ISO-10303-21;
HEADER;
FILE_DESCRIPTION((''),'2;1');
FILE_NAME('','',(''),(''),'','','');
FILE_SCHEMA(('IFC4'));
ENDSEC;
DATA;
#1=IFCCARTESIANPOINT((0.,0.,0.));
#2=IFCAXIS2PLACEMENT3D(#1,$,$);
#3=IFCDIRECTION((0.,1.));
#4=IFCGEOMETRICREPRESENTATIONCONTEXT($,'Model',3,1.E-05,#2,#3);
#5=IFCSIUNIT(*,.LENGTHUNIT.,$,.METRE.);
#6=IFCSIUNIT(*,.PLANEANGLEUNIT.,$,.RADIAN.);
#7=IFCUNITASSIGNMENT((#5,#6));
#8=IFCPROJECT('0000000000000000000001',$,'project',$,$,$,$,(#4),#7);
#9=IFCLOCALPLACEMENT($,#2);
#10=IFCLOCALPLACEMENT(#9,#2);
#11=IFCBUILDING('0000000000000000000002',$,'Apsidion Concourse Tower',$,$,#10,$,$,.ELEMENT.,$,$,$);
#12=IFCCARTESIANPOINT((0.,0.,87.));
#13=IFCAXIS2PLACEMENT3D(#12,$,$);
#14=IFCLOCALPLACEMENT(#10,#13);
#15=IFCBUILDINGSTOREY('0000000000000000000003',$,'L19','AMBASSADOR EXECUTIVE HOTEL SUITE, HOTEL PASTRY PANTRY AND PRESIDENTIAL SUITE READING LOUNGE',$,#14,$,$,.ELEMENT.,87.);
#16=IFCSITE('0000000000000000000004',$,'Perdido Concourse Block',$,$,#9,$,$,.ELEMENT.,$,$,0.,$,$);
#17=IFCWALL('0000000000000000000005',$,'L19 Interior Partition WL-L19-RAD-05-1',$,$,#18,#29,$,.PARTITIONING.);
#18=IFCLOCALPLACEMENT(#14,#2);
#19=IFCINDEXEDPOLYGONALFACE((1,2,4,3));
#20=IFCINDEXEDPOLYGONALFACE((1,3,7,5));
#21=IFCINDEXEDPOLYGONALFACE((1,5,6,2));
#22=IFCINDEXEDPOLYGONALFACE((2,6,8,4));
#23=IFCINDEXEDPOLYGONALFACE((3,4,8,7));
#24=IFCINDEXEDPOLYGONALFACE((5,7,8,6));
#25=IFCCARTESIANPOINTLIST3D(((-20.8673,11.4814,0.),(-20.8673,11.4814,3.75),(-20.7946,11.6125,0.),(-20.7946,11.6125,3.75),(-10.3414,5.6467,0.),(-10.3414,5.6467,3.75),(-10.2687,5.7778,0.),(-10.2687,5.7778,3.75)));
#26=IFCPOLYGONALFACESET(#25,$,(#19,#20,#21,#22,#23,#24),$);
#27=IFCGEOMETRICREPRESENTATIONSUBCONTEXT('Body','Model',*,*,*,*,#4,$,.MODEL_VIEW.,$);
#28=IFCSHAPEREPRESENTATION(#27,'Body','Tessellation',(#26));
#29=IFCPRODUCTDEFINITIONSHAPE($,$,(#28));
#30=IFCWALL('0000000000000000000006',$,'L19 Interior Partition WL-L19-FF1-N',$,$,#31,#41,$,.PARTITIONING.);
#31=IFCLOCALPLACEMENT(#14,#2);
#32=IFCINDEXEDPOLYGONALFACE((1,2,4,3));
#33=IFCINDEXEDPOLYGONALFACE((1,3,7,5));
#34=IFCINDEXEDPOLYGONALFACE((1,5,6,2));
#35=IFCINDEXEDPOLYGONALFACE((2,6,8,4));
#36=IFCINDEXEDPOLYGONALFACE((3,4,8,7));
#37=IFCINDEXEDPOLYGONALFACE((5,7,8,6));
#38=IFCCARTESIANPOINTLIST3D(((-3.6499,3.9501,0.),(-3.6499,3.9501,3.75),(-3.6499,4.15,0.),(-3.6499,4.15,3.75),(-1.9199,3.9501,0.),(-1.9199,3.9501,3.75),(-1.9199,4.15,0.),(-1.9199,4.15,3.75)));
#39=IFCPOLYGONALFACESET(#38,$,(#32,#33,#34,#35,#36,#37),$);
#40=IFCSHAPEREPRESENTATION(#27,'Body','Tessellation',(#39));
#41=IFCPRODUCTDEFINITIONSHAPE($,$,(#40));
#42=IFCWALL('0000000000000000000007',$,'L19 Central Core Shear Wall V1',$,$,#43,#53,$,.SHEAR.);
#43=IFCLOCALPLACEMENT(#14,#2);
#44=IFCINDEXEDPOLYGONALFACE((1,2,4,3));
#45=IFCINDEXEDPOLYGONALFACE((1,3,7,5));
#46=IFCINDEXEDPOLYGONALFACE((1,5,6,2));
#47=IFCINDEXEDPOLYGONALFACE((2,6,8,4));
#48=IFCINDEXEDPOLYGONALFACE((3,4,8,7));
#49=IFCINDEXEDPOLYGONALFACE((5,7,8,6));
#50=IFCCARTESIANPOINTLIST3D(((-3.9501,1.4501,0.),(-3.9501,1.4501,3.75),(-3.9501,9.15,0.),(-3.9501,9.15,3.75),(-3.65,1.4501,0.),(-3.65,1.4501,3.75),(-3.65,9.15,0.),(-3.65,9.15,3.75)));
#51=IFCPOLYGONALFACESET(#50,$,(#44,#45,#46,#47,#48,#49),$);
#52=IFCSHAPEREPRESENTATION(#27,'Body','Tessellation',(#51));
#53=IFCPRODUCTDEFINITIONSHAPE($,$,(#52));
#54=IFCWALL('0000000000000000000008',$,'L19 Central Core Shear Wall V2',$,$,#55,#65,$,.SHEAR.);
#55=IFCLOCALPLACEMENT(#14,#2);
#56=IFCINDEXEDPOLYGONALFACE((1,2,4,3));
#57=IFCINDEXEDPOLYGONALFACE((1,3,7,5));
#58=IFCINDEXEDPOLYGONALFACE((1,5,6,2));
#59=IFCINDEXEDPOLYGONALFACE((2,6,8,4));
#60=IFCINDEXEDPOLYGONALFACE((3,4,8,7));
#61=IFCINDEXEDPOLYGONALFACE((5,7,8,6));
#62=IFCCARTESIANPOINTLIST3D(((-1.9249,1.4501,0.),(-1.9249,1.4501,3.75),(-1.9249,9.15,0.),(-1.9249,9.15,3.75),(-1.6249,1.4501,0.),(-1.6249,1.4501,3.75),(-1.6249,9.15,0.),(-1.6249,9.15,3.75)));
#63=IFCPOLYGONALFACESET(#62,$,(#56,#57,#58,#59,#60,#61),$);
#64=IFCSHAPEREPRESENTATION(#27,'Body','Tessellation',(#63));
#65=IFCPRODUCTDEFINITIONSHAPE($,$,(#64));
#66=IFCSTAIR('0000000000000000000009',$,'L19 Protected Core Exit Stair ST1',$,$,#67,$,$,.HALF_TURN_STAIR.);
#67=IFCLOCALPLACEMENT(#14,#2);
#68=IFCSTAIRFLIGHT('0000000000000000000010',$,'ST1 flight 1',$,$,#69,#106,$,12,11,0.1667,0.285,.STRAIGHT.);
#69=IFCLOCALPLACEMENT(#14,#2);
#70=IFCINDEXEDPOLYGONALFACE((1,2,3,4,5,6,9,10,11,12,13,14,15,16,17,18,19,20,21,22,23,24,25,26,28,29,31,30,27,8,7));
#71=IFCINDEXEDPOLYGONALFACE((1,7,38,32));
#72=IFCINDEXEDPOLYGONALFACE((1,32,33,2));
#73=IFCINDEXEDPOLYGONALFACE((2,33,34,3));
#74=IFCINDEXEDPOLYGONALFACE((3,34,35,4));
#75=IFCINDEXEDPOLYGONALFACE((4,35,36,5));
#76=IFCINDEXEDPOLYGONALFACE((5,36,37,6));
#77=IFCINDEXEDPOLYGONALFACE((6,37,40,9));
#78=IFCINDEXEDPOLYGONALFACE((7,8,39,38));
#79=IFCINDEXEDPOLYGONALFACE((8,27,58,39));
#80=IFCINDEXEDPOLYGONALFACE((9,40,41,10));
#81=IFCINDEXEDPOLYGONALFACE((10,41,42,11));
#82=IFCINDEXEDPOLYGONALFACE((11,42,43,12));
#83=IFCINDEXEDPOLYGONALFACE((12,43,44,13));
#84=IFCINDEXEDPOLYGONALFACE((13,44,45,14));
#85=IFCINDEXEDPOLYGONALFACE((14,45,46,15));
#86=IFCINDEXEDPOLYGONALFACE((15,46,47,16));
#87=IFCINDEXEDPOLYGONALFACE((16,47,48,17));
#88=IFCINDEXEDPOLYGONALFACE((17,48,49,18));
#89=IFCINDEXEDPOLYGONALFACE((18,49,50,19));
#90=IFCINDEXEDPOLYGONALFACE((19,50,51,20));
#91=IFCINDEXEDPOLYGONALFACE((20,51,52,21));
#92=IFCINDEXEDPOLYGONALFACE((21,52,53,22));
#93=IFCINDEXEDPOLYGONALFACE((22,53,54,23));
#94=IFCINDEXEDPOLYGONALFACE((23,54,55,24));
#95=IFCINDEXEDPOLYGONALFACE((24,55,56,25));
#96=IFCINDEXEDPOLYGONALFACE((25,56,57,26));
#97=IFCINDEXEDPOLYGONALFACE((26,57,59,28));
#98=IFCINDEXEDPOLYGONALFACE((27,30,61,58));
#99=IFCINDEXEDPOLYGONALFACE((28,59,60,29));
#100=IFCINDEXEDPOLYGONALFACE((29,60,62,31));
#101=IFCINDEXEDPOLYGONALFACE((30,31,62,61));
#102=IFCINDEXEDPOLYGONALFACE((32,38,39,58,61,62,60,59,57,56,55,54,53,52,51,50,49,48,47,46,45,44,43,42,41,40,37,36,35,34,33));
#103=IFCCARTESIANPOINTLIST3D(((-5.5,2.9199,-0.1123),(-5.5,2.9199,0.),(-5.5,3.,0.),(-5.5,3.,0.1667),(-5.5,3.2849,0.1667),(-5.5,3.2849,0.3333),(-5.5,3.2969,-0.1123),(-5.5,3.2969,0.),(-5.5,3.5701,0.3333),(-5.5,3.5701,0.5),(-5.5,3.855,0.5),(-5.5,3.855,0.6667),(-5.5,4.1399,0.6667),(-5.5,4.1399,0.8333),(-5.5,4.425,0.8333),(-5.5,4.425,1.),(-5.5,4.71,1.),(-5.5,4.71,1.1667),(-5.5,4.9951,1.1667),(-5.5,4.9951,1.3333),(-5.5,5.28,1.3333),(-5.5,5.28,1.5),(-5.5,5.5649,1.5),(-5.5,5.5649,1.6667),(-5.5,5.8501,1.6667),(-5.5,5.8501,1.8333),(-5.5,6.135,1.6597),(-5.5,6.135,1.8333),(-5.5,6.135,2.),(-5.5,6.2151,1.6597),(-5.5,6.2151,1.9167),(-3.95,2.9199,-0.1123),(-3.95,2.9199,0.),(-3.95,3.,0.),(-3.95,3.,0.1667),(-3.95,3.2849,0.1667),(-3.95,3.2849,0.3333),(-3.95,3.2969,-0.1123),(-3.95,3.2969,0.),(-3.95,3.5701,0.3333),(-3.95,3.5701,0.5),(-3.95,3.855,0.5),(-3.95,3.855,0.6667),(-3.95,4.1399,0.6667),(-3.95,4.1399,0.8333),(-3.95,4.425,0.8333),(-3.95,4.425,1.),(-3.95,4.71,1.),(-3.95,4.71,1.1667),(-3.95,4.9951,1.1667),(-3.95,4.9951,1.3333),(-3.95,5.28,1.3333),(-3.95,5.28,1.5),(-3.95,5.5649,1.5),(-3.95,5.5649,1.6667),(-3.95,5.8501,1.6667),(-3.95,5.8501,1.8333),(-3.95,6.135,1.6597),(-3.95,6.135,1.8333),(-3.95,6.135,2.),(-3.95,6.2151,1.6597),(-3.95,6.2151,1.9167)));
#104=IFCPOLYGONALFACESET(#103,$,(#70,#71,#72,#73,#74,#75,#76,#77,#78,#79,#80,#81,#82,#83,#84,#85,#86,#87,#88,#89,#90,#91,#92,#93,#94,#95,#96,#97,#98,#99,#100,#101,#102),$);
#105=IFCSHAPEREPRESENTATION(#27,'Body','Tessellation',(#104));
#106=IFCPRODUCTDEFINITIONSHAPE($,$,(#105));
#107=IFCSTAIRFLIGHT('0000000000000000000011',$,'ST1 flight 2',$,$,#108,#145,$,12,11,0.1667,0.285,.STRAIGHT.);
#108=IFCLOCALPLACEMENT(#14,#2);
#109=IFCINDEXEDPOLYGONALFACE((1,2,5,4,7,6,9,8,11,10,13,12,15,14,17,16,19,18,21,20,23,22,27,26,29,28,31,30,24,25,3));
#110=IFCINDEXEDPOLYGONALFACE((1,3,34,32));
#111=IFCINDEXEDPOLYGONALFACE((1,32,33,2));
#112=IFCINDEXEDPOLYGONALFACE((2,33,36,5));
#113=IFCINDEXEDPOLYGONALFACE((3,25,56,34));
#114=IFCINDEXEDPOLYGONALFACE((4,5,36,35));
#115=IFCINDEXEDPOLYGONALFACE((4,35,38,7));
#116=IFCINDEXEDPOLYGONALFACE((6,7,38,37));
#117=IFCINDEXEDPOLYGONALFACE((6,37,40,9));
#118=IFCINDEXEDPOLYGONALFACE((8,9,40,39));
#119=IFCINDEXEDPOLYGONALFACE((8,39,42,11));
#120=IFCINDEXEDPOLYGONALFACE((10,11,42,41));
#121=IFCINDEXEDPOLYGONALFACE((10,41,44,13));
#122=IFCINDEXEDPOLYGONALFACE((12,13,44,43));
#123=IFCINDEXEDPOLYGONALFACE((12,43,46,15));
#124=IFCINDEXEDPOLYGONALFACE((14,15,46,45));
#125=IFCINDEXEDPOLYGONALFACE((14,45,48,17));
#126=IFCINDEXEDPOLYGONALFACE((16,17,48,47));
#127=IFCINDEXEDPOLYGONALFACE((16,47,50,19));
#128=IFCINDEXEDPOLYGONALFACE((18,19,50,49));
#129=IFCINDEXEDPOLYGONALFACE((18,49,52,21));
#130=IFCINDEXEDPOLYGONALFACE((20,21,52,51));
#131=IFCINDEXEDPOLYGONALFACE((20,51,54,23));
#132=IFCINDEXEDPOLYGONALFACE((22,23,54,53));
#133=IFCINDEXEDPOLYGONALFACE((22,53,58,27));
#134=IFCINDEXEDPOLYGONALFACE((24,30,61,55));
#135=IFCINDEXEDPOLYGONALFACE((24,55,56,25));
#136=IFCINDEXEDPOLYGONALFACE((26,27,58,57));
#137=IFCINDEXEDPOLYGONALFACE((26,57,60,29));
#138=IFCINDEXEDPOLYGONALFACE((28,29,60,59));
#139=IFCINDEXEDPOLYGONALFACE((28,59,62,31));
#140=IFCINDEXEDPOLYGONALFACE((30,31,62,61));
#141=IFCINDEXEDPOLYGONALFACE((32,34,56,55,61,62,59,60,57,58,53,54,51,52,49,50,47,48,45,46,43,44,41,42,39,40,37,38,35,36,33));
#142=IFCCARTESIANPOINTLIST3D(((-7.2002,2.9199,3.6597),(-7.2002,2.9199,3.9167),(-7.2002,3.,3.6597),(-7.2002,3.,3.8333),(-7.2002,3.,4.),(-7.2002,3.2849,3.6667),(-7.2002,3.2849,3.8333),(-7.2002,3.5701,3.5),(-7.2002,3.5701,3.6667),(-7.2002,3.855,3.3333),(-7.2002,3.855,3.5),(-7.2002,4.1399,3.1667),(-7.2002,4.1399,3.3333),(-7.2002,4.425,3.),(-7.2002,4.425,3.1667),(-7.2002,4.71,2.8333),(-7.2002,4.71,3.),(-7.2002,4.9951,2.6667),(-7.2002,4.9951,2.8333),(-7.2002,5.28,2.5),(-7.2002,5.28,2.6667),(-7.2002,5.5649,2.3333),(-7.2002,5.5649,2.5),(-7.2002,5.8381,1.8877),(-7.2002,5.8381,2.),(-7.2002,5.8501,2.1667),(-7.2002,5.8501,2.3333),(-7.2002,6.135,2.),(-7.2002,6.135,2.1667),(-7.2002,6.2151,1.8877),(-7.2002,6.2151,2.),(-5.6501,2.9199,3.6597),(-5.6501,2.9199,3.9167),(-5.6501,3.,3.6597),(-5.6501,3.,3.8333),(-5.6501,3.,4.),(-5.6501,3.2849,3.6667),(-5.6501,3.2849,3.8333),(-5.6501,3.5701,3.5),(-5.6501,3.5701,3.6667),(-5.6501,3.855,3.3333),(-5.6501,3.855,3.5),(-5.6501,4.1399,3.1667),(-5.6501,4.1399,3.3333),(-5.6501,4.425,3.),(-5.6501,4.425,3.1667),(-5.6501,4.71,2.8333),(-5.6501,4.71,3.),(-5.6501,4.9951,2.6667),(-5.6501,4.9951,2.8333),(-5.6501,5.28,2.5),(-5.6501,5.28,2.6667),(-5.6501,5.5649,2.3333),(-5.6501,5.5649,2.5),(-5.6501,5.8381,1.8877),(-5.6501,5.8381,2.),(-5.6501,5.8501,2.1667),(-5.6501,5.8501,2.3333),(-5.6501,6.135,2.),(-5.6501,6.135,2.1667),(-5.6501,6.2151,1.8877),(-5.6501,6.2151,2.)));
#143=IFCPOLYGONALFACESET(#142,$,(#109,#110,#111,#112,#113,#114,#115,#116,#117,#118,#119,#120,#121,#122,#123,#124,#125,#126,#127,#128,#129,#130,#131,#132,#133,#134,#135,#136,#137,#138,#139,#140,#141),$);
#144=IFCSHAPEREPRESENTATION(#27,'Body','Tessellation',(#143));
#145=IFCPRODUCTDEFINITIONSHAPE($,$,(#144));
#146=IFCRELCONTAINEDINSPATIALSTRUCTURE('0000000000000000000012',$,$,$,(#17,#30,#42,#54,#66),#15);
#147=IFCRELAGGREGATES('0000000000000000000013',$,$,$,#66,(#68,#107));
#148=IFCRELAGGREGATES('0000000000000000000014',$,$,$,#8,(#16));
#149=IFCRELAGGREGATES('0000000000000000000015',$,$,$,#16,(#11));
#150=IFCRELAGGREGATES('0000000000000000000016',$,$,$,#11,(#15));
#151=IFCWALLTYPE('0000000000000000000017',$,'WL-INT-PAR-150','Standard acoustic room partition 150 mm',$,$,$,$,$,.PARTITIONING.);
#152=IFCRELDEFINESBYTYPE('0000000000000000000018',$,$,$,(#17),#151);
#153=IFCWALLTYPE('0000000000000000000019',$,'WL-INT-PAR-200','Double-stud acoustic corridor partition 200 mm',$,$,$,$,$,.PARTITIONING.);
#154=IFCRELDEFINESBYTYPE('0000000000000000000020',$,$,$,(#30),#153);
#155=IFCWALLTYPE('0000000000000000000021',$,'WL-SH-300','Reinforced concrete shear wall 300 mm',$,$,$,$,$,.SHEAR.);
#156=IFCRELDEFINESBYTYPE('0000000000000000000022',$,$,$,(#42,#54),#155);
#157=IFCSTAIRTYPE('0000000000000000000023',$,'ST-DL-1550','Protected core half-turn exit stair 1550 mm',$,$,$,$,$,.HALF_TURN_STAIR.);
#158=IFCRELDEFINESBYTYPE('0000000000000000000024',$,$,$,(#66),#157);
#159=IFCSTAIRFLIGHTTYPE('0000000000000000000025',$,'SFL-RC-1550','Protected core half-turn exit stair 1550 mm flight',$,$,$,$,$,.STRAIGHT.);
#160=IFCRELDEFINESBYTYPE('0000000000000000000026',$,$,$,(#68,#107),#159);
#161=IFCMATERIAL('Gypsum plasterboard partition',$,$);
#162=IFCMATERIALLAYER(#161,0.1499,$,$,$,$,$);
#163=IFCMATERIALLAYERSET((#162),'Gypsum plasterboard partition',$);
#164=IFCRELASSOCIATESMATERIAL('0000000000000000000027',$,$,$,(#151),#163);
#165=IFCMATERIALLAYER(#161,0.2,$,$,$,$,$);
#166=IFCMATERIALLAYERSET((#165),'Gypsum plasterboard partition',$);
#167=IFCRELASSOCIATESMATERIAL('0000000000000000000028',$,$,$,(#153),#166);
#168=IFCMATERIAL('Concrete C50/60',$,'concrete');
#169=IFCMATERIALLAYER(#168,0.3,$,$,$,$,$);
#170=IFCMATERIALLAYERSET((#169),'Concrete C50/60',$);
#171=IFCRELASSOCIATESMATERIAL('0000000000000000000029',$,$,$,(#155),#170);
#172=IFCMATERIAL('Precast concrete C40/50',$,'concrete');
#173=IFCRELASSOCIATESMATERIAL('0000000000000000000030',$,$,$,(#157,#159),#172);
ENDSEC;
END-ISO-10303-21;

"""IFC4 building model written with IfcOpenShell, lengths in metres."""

from ifc_helpers import new_model, si_unit, direction, frame, frame_2d, origin, place, context, subcontext, project, spatial, polyline, rectangle, outline, extrude, material, layer, layer_set, type_object, element, aggregate, save


model = new_model("IFC4")

# Units and contexts
model_context = context("Model", 3, precision=1e-05, world=origin(), true_north=direction((0.0, 1.0)))
body_context = subcontext(model_context, "Body", "Model", "MODEL_VIEW")
ifc_project = project(units=[si_unit("LENGTHUNIT", "METRE"), si_unit("PLANEANGLEUNIT", "RADIAN")], contexts=[model_context])

# Site, building, storey
site_placement = place(None, origin())
site = spatial("IfcSite", under=ifc_project, at=site_placement, Name="Perdido Concourse Block", CompositionType="ELEMENT", RefElevation=0.0)
building_placement = place(site_placement, origin())
building = spatial("IfcBuilding", under=site, at=building_placement, Name="Apsidion Concourse Tower", CompositionType="ELEMENT")
storey_placement = place(building_placement, frame((0.0, 0.0, 87.0)))
storey = spatial("IfcBuildingStorey", under=building, at=storey_placement, Name="L19", Description="AMBASSADOR EXECUTIVE HOTEL SUITE, HOTEL PASTRY PANTRY AND PRESIDENTIAL SUITE READING LOUNGE", CompositionType="ELEMENT", Elevation=87.0)

# Shared definitions
ifc_material_1 = material(Name="Concrete C50/60", Category="concrete")

# Shared definitions
ifc_material_2 = material(Name="Gypsum plasterboard partition")

# Walls
ifc_layer_1 = layer(ifc_material_2, 0.1499)
ifc_layer_set_1 = layer_set([ifc_layer_1], Name="Gypsum plasterboard partition")
wall_type_1 = type_object("IfcWallType", Name="WL-INT-PAR-150", Description="Standard acoustic room partition 150 mm", PredefinedType="PARTITIONING", material=ifc_layer_set_1)
wall_1_placement = place(storey_placement, frame((-10.3049, 5.7122, 0.0), z_axis=(0.0, 0.0, 1.0), x_axis=(-0.874615, 0.484818, 0.0)))
element("IfcWall", 1, at=wall_1_placement, inside=storey, type_object=wall_type_1, Name="L19 Interior Partition WL-L19-RAD-05-1", PredefinedType="PARTITIONING", context=body_context, shape_type="SweptSolid", body=[
    extrude(rectangle(XDim=12.0349, YDim=0.1499, at=frame_2d((6.0176, 0.0))), origin(), (0.0, 0.0, 1.0), 3.75),
])
ifc_layer_2 = layer(ifc_material_2, 0.2)
ifc_layer_set_2 = layer_set([ifc_layer_2], Name="Gypsum plasterboard partition")
wall_type_2 = type_object("IfcWallType", Name="WL-INT-PAR-200", Description="Double-stud acoustic corridor partition 200 mm", PredefinedType="PARTITIONING", material=ifc_layer_set_2)
wall_2_placement = place(storey_placement, frame((-3.6499, 4.05, 0.0), z_axis=(0.0, 0.0, 1.0), x_axis=(1.0, 0.0, 0.0)))
element("IfcWall", 2, at=wall_2_placement, inside=storey, type_object=wall_type_2, Name="L19 Interior Partition WL-L19-FF1-N", PredefinedType="PARTITIONING", context=body_context, shape_type="SweptSolid", body=[
    extrude(rectangle(XDim=1.73, YDim=0.2, at=frame_2d((0.865, 0.0))), origin(), (0.0, 0.0, 1.0), 3.75),
])
ifc_layer_3 = layer(ifc_material_1, 0.3)
ifc_layer_set_3 = layer_set([ifc_layer_3], Name="Concrete C50/60")
wall_type_3 = type_object("IfcWallType", Name="WL-SH-300", Description="Reinforced concrete shear wall 300 mm", PredefinedType="SHEAR", material=ifc_layer_set_3)
for number, where, z_axis, x_axis, name in (
    (3, (-3.8, 1.45, 0.0), (0.0, 0.0, 1.0), (0.0, 1.0, 0.0), "L19 Central Core Shear Wall V1"),
    (4, (-1.7749, 1.45, 0.0), (0.0, 0.0, 1.0), (0.0, 1.0, 0.0), "L19 Central Core Shear Wall V2"),
):
    element("IfcWall", number, at=place(storey_placement, frame(where, z_axis=z_axis, x_axis=x_axis)), inside=storey, type_object=wall_type_3, Name=name, PredefinedType="SHEAR", context=body_context, shape_type="SweptSolid", body=[
        extrude(rectangle(XDim=7.7, YDim=0.3, at=frame_2d((3.8501, 0.0))), origin(), (0.0, 0.0, 1.0), 3.75),
    ])

# Stair, stair flights
ifc_material_3 = material(Name="Precast concrete C40/50", Category="concrete")
stair_type = type_object("IfcStairType", Name="ST-DL-1550", Description="Protected core half-turn exit stair 1550 mm", PredefinedType="HALF_TURN_STAIR", material=ifc_material_3)
stair_placement = place(storey_placement, origin())
stair = element("IfcStair", 5, at=stair_placement, inside=storey, type_object=stair_type, Name="L19 Protected Core Exit Stair ST1", PredefinedType="HALF_TURN_STAIR")
stair_flight_type = type_object("IfcStairFlightType", Name="SFL-RC-1550", Description="Protected core half-turn exit stair 1550 mm flight", PredefinedType="STRAIGHT", material=ifc_material_3)
stair_flight_1_placement = place(storey_placement, frame((-4.7251, 3.0, 0.0), z_axis=(0.0, 0.0, 1.0), x_axis=(0.0, 1.0, 0.0)))
stair_flight_1 = element("IfcStairFlight", 6, at=stair_flight_1_placement, type_object=stair_flight_type, Name="ST1 flight 1", NumberOfRisers=12, NumberOfTreads=11, PredefinedType="STRAIGHT", RiserHeight=0.1667, TreadLength=0.285, context=body_context, shape_type="SweptSolid", body=[
    extrude(outline(polyline([(-0.0801, -0.1123), (-0.0801, 0.0), (0.0, 0.0), (0.0, 0.1667), (0.2849, 0.1667), (0.2849, 0.3333), (0.5701, 0.3333), (0.5701, 0.5), (0.855, 0.5), (0.855, 0.6667), (1.1399, 0.6667), (1.1399, 0.8333), (1.425, 0.8333), (1.425, 1.0), (1.71, 1.0), (1.71, 1.1667), (1.9951, 1.1667), (1.9951, 1.3333), (2.28, 1.3333), (2.28, 1.5), (2.5649, 1.5), (2.5649, 1.6667), (2.8501, 1.6667), (2.8501, 1.8333), (3.135, 1.8333), (3.135, 2.0), (3.2151, 1.9167), (3.2151, 1.6597), (3.135, 1.6597), (0.2969, 0.0), (0.2969, -0.1123), (-0.0801, -0.1123)])), frame((0.0, 0.7749, 0.0), z_axis=(0.0, -1.0, 0.0), x_axis=(1.0, 0.0, 0.0)), (0.0, 0.0, 1.0), 1.55),
])
stair_flight_2_placement = place(storey_placement, frame((-6.425, 6.135, 2.0), z_axis=(0.0, 0.0, 1.0), x_axis=(0.0, -1.0, 0.0)))
stair_flight_2 = element("IfcStairFlight", 7, at=stair_flight_2_placement, type_object=stair_flight_type, Name="ST1 flight 2", NumberOfRisers=12, NumberOfTreads=11, PredefinedType="STRAIGHT", RiserHeight=0.1667, TreadLength=0.285, context=body_context, shape_type="SweptSolid", body=[
    extrude(outline(polyline([(-0.0801, -0.1123), (-0.0801, 0.0), (0.0, 0.0), (0.0, 0.1667), (0.2849, 0.1667), (0.2849, 0.3333), (0.5701, 0.3333), (0.5701, 0.5), (0.855, 0.5), (0.855, 0.6667), (1.1399, 0.6667), (1.1399, 0.8333), (1.425, 0.8333), (1.425, 1.0), (1.71, 1.0), (1.71, 1.1667), (1.9951, 1.1667), (1.9951, 1.3333), (2.28, 1.3333), (2.28, 1.5), (2.5649, 1.5), (2.5649, 1.6667), (2.8501, 1.6667), (2.8501, 1.8333), (3.135, 1.8333), (3.135, 2.0), (3.2151, 1.9167), (3.2151, 1.6597), (3.135, 1.6597), (0.2969, 0.0), (0.2969, -0.1123), (-0.0801, -0.1123)])), frame((0.0, 0.7749, 0.0), z_axis=(0.0, -1.0, 0.0), x_axis=(1.0, 0.0, 0.0)), (0.0, 0.0, 1.0), 1.55),
])
aggregate(stair, [stair_flight_1, stair_flight_2])

save(model, "model.ifc")
